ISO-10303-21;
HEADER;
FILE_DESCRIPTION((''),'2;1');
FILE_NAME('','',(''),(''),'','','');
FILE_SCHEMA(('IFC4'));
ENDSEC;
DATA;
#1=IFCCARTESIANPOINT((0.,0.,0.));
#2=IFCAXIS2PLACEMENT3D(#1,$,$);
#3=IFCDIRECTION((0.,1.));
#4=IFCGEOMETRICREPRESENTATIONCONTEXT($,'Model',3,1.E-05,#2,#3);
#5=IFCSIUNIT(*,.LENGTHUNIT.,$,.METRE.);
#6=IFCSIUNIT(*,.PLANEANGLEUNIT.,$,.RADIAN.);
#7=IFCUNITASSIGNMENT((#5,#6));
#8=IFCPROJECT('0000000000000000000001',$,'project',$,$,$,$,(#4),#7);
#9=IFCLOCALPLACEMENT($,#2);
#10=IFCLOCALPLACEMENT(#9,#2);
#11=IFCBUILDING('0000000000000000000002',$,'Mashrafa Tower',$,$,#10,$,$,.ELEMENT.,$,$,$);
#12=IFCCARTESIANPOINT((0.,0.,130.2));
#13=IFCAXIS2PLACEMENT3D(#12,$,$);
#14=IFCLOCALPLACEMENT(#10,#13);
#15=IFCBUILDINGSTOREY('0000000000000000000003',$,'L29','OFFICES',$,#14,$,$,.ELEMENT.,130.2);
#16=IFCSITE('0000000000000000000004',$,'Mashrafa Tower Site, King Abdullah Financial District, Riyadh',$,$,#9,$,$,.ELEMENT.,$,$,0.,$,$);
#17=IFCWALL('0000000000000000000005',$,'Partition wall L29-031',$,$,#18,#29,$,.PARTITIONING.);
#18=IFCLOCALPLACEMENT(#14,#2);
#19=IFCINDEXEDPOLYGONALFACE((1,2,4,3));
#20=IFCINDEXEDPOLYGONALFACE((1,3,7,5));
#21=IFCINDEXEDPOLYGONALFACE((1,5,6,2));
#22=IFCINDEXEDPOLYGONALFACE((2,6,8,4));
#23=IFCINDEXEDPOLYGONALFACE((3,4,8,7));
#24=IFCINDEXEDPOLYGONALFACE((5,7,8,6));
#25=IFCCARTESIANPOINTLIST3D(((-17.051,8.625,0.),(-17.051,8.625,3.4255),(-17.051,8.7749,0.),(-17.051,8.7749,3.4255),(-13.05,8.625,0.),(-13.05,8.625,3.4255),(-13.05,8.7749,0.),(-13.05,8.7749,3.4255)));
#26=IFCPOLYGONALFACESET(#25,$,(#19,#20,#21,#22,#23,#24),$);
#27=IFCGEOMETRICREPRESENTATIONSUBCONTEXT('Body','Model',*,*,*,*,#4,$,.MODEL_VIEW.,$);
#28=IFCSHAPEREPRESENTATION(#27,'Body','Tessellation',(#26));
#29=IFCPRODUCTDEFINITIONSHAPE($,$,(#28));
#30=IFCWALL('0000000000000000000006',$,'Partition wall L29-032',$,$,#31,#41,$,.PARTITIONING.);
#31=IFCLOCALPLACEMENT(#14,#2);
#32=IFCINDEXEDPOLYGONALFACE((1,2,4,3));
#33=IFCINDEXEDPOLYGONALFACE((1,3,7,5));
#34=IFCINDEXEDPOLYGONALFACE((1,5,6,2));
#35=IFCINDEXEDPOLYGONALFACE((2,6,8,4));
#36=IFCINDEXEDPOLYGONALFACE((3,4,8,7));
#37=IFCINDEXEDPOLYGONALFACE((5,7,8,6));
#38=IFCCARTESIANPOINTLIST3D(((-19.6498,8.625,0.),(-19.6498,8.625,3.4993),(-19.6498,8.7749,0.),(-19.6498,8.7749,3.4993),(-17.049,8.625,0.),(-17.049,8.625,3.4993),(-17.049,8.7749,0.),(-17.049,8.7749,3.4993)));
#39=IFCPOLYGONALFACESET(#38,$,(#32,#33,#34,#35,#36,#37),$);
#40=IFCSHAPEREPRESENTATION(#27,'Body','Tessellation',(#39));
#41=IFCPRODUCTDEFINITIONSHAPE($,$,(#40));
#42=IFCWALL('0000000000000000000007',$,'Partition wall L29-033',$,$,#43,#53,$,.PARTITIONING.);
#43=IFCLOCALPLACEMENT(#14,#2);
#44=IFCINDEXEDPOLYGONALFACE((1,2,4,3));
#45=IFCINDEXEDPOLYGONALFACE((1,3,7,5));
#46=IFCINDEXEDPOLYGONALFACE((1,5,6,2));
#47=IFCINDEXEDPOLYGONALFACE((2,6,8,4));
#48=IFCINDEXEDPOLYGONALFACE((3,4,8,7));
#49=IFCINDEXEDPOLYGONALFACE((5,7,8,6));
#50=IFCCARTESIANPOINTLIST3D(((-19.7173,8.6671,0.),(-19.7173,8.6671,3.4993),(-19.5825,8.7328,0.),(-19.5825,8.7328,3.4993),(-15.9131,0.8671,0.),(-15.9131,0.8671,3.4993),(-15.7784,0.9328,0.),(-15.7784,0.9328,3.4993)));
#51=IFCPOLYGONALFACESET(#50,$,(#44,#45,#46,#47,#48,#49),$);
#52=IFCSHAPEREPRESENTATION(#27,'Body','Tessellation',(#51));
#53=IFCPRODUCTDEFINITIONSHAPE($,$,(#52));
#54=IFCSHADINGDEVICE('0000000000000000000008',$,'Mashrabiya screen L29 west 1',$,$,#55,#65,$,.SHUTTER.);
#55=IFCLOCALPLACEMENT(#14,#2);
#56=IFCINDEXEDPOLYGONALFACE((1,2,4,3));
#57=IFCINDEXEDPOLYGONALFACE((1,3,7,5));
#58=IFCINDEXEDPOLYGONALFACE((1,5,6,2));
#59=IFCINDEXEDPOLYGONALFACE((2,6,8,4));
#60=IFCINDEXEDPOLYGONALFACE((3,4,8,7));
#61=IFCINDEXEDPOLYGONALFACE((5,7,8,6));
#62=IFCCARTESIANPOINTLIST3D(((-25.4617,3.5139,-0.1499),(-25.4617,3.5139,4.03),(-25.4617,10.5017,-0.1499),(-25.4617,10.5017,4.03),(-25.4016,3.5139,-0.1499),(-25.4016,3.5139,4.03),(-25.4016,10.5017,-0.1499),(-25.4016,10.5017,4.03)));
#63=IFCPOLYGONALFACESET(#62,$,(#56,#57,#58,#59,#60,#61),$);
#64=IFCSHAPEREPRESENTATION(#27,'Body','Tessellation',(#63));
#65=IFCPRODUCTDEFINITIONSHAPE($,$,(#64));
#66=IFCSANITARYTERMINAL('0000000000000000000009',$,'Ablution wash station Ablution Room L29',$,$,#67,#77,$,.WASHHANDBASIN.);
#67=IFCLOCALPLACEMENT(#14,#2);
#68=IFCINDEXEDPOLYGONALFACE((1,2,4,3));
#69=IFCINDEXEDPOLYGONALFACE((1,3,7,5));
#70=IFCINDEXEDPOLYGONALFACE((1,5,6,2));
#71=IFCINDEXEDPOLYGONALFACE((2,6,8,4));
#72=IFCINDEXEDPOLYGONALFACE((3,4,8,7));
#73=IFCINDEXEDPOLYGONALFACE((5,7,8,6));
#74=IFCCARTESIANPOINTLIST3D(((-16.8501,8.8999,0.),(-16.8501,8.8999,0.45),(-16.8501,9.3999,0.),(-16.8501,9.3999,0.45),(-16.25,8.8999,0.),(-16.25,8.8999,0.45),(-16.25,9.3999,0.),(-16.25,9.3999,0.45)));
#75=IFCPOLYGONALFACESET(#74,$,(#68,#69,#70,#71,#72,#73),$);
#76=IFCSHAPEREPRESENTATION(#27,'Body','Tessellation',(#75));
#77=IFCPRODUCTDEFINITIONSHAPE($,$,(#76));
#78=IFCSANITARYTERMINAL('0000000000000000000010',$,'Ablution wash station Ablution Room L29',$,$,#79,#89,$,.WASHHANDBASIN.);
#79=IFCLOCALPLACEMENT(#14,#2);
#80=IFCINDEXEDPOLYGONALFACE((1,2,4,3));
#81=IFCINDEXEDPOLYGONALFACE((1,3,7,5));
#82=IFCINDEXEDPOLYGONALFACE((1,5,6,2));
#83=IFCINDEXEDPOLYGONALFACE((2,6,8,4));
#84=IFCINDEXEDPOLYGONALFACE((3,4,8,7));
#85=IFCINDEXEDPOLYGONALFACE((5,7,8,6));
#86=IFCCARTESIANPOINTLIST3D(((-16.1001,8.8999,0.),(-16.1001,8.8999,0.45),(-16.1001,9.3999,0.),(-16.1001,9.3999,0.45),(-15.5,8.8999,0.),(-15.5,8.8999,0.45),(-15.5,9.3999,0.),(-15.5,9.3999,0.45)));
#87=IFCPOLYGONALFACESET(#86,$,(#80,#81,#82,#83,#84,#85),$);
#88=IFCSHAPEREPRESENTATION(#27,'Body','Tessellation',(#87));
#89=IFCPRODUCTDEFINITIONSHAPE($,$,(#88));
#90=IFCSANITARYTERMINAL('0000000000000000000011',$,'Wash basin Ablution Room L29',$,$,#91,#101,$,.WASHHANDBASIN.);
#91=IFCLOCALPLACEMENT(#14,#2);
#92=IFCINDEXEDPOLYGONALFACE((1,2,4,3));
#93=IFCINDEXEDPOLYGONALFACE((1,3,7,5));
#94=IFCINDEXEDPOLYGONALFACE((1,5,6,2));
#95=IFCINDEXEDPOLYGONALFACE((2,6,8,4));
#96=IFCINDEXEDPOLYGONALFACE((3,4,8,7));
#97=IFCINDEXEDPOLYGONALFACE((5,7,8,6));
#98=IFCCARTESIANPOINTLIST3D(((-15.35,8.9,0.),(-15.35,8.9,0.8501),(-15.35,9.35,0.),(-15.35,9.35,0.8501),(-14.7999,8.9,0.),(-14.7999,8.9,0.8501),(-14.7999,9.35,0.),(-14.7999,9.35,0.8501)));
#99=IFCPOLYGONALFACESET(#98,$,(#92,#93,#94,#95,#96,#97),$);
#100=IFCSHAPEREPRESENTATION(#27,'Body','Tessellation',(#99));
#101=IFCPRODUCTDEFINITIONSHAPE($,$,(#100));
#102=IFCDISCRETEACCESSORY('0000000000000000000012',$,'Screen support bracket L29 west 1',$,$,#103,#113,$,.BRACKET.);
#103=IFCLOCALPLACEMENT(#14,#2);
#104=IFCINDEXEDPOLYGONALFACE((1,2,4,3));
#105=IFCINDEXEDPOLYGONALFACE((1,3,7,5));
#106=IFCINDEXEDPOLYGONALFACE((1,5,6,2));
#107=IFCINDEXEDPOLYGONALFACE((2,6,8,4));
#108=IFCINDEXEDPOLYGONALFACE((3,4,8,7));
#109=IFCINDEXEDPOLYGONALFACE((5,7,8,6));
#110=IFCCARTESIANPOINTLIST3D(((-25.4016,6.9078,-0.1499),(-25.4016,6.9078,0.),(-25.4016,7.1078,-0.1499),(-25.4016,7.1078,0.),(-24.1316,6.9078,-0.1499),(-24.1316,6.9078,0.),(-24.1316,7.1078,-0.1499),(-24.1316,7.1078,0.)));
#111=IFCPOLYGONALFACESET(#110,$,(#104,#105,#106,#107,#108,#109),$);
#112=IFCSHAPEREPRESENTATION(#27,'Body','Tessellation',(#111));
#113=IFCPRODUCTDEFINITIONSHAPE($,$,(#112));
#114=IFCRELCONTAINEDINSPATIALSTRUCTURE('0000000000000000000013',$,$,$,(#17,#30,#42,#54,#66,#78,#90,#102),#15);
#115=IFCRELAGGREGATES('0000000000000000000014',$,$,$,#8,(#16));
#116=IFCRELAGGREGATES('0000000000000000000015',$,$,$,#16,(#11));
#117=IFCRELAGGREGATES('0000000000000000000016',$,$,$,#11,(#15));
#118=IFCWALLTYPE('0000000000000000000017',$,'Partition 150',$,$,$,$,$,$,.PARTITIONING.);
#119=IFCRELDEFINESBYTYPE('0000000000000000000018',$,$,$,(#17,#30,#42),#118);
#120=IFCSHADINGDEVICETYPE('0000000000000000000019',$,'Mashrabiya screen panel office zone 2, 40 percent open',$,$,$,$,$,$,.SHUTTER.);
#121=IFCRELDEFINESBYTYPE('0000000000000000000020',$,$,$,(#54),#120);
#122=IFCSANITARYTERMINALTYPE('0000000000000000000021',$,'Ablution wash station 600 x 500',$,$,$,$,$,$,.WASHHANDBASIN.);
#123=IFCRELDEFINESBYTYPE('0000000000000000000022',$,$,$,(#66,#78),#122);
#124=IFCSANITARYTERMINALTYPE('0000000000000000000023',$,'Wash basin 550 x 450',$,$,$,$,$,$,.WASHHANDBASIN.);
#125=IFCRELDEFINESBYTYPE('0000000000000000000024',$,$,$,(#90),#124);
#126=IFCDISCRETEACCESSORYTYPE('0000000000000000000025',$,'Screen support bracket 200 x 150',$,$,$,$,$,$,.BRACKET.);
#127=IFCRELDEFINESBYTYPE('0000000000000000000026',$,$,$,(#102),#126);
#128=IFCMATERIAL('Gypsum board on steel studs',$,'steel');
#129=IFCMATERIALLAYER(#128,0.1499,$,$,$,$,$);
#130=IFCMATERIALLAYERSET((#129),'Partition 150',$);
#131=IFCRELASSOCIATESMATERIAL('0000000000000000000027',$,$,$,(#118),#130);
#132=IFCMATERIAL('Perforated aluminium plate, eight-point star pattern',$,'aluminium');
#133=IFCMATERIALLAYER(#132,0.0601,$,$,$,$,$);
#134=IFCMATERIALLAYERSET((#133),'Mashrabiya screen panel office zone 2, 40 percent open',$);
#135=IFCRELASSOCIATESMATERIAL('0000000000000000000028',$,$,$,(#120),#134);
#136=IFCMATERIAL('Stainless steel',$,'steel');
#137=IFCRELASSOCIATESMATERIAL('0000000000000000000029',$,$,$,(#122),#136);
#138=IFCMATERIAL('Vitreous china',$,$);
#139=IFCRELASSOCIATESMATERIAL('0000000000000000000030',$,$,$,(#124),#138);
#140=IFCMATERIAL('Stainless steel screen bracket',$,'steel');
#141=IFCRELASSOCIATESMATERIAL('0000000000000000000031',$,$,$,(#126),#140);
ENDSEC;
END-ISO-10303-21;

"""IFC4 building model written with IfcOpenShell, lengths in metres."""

from ifc_helpers import new_model, si_unit, direction, frame, frame_2d, origin, origin_2d, place, context, subcontext, project, spatial, rectangle, extrude, source, transform, mapped, material, layer, layer_set, type_object, type_shapes, element, save


model = new_model("IFC4")

# Units and contexts
model_context = context("Model", 3, precision=1e-05, world=origin(), true_north=direction((0.0, 1.0)))
body_context = subcontext(model_context, "Body", "Model", "MODEL_VIEW")
ifc_project = project(units=[si_unit("LENGTHUNIT", "METRE"), si_unit("PLANEANGLEUNIT", "RADIAN")], contexts=[model_context])

# Site, building, storey
site_placement = place(None, origin())
site = spatial("IfcSite", under=ifc_project, at=site_placement, Name="Mashrafa Tower Site, King Abdullah Financial District, Riyadh", CompositionType="ELEMENT", RefElevation=0.0)
building_placement = place(site_placement, origin())
building = spatial("IfcBuilding", under=site, at=building_placement, Name="Mashrafa Tower", CompositionType="ELEMENT")
storey_placement = place(building_placement, frame((0.0, 0.0, 130.2)))
storey = spatial("IfcBuildingStorey", under=building, at=storey_placement, Name="L29", Description="OFFICES", CompositionType="ELEMENT", Elevation=130.2)

# Walls
ifc_material_1 = material(Name="Gypsum board on steel studs", Category="steel")
ifc_layer_1 = layer(ifc_material_1, 0.1499)
ifc_layer_set_1 = layer_set([ifc_layer_1], Name="Partition 150")
wall_type_1 = type_object("IfcWallType", Name="Partition 150", PredefinedType="PARTITIONING", material=ifc_layer_set_1)
wall_1_placement = place(storey_placement, frame((-13.05, 8.7, 0.0), z_axis=(0.0, 0.0, 1.0), x_axis=(-1.0, 0.0, 0.0)))
element("IfcWall", 1, at=wall_1_placement, inside=storey, type_object=wall_type_1, Name="Partition wall L29-031", PredefinedType="PARTITIONING", context=body_context, shape_type="SweptSolid", body=[
    extrude(rectangle(XDim=4.001, YDim=0.1499, at=frame_2d((2.0005, 0.0))), origin(), (0.0, 0.0, 1.0), 3.4255),
])
wall_2_placement = place(storey_placement, frame((-17.0491, 8.7, 0.0), z_axis=(0.0, 0.0, 1.0), x_axis=(-1.0, 0.0, 0.0)))
element("IfcWall", 2, at=wall_2_placement, inside=storey, type_object=wall_type_1, Name="Partition wall L29-032", PredefinedType="PARTITIONING", context=body_context, shape_type="SweptSolid", body=[
    extrude(rectangle(XDim=2.6008, YDim=0.1499, at=frame_2d((1.3003, 0.0))), origin(), (0.0, 0.0, 1.0), 3.4993),
])
wall_3_placement = place(storey_placement, frame((-19.6499, 8.7, 0.0), z_axis=(0.0, 0.0, 1.0), x_axis=(0.438358, -0.8988, 0.0)))
element("IfcWall", 3, at=wall_3_placement, inside=storey, type_object=wall_type_1, Name="Partition wall L29-033", PredefinedType="PARTITIONING", context=body_context, shape_type="SweptSolid", body=[
    extrude(rectangle(XDim=8.6782, YDim=0.1499, at=frame_2d((4.3391, 0.0))), origin(), (0.0, 0.0, 1.0), 3.4993),
])

# Shading device
ifc_material_2 = material(Name="Perforated aluminium plate, eight-point star pattern", Category="aluminium")
ifc_layer_2 = layer(ifc_material_2, 0.0601)
ifc_layer_set_2 = layer_set([ifc_layer_2], Name="Mashrabiya screen panel office zone 2, 40 percent open")
shading_device_type = type_object("IfcShadingDeviceType", Name="Mashrabiya screen panel office zone 2, 40 percent open", PredefinedType="SHUTTER", material=ifc_layer_set_2)
shared_shape_1 = source(origin(), body_context, "Body", "SweptSolid", [
    extrude(rectangle(XDim=6.9878, YDim=0.0601, at=origin_2d()), origin(), (0.0, 0.0, 1.0), 4.1799),
])
type_shapes(shading_device_type, [shared_shape_1])
shading_device_placement = place(storey_placement, frame((-25.4316, 7.0078, -0.1499), z_axis=(0.0, 0.0, 1.0), x_axis=(0.0, -1.0, 0.0)))
element("IfcShadingDevice", 4, at=shading_device_placement, inside=storey, type_object=shading_device_type, Name="Mashrabiya screen L29 west 1", PredefinedType="SHUTTER", context=body_context, shape_type="MappedRepresentation", body=[
    mapped(shared_shape_1, transform((0.0, 0.0, 0.0))),
])

# Sanitary terminals
ifc_material_3 = material(Name="Stainless steel", Category="steel")
sanitary_terminal_type_1 = type_object("IfcSanitaryTerminalType", Name="Ablution wash station 600 x 500", PredefinedType="WASHHANDBASIN", material=ifc_material_3)
for number, where, z_axis, x_axis, name in (
    (5, (-16.55, 9.1499, 0.0), (0.0, 0.0, 1.0), (1.0, 0.0, 0.0), "Ablution wash station Ablution Room L29"),
    (6, (-15.8, 9.1499, 0.0), (0.0, 0.0, 1.0), (1.0, 0.0, 0.0), "Ablution wash station Ablution Room L29"),
):
    element("IfcSanitaryTerminal", number, at=place(storey_placement, frame(where, z_axis=z_axis, x_axis=x_axis)), inside=storey, type_object=sanitary_terminal_type_1, Name=name, PredefinedType="WASHHANDBASIN", context=body_context, shape_type="SweptSolid", body=[
        extrude(rectangle(XDim=0.6001, YDim=0.5, at=origin_2d()), origin(), (0.0, 0.0, 1.0), 0.45),
    ])
ifc_material_4 = material(Name="Vitreous china")
sanitary_terminal_type_2 = type_object("IfcSanitaryTerminalType", Name="Wash basin 550 x 450", PredefinedType="WASHHANDBASIN", material=ifc_material_4)
sanitary_terminal_placement = place(storey_placement, frame((-15.075, 9.125, 0.0), z_axis=(0.0, 0.0, 1.0), x_axis=(1.0, 0.0, 0.0)))
element("IfcSanitaryTerminal", 7, at=sanitary_terminal_placement, inside=storey, type_object=sanitary_terminal_type_2, Name="Wash basin Ablution Room L29", PredefinedType="WASHHANDBASIN", context=body_context, shape_type="SweptSolid", body=[
    extrude(rectangle(XDim=0.55, YDim=0.45, at=origin_2d()), origin(), (0.0, 0.0, 1.0), 0.8501),
])

# Discrete accessory
ifc_material_5 = material(Name="Stainless steel screen bracket", Category="steel")
discrete_accessory_type = type_object("IfcDiscreteAccessoryType", Name="Screen support bracket 200 x 150", PredefinedType="BRACKET", material=ifc_material_5)
shared_shape_2 = source(origin(), body_context, "Body", "SweptSolid", [
    extrude(rectangle(XDim=0.2, YDim=1.27, at=origin_2d()), origin(), (0.0, 0.0, 1.0), 0.1499),
])
type_shapes(discrete_accessory_type, [shared_shape_2])
discrete_accessory_placement = place(storey_placement, frame((-24.7666, 7.0078, -0.1499), z_axis=(0.0, 0.0, 1.0), x_axis=(0.0, -1.0, 0.0)))
element("IfcDiscreteAccessory", 8, at=discrete_accessory_placement, inside=storey, type_object=discrete_accessory_type, Name="Screen support bracket L29 west 1", PredefinedType="BRACKET", context=body_context, shape_type="MappedRepresentation", body=[
    mapped(shared_shape_2, transform((0.0, 0.0, 0.0))),
])

save(model, "model.ifc")
